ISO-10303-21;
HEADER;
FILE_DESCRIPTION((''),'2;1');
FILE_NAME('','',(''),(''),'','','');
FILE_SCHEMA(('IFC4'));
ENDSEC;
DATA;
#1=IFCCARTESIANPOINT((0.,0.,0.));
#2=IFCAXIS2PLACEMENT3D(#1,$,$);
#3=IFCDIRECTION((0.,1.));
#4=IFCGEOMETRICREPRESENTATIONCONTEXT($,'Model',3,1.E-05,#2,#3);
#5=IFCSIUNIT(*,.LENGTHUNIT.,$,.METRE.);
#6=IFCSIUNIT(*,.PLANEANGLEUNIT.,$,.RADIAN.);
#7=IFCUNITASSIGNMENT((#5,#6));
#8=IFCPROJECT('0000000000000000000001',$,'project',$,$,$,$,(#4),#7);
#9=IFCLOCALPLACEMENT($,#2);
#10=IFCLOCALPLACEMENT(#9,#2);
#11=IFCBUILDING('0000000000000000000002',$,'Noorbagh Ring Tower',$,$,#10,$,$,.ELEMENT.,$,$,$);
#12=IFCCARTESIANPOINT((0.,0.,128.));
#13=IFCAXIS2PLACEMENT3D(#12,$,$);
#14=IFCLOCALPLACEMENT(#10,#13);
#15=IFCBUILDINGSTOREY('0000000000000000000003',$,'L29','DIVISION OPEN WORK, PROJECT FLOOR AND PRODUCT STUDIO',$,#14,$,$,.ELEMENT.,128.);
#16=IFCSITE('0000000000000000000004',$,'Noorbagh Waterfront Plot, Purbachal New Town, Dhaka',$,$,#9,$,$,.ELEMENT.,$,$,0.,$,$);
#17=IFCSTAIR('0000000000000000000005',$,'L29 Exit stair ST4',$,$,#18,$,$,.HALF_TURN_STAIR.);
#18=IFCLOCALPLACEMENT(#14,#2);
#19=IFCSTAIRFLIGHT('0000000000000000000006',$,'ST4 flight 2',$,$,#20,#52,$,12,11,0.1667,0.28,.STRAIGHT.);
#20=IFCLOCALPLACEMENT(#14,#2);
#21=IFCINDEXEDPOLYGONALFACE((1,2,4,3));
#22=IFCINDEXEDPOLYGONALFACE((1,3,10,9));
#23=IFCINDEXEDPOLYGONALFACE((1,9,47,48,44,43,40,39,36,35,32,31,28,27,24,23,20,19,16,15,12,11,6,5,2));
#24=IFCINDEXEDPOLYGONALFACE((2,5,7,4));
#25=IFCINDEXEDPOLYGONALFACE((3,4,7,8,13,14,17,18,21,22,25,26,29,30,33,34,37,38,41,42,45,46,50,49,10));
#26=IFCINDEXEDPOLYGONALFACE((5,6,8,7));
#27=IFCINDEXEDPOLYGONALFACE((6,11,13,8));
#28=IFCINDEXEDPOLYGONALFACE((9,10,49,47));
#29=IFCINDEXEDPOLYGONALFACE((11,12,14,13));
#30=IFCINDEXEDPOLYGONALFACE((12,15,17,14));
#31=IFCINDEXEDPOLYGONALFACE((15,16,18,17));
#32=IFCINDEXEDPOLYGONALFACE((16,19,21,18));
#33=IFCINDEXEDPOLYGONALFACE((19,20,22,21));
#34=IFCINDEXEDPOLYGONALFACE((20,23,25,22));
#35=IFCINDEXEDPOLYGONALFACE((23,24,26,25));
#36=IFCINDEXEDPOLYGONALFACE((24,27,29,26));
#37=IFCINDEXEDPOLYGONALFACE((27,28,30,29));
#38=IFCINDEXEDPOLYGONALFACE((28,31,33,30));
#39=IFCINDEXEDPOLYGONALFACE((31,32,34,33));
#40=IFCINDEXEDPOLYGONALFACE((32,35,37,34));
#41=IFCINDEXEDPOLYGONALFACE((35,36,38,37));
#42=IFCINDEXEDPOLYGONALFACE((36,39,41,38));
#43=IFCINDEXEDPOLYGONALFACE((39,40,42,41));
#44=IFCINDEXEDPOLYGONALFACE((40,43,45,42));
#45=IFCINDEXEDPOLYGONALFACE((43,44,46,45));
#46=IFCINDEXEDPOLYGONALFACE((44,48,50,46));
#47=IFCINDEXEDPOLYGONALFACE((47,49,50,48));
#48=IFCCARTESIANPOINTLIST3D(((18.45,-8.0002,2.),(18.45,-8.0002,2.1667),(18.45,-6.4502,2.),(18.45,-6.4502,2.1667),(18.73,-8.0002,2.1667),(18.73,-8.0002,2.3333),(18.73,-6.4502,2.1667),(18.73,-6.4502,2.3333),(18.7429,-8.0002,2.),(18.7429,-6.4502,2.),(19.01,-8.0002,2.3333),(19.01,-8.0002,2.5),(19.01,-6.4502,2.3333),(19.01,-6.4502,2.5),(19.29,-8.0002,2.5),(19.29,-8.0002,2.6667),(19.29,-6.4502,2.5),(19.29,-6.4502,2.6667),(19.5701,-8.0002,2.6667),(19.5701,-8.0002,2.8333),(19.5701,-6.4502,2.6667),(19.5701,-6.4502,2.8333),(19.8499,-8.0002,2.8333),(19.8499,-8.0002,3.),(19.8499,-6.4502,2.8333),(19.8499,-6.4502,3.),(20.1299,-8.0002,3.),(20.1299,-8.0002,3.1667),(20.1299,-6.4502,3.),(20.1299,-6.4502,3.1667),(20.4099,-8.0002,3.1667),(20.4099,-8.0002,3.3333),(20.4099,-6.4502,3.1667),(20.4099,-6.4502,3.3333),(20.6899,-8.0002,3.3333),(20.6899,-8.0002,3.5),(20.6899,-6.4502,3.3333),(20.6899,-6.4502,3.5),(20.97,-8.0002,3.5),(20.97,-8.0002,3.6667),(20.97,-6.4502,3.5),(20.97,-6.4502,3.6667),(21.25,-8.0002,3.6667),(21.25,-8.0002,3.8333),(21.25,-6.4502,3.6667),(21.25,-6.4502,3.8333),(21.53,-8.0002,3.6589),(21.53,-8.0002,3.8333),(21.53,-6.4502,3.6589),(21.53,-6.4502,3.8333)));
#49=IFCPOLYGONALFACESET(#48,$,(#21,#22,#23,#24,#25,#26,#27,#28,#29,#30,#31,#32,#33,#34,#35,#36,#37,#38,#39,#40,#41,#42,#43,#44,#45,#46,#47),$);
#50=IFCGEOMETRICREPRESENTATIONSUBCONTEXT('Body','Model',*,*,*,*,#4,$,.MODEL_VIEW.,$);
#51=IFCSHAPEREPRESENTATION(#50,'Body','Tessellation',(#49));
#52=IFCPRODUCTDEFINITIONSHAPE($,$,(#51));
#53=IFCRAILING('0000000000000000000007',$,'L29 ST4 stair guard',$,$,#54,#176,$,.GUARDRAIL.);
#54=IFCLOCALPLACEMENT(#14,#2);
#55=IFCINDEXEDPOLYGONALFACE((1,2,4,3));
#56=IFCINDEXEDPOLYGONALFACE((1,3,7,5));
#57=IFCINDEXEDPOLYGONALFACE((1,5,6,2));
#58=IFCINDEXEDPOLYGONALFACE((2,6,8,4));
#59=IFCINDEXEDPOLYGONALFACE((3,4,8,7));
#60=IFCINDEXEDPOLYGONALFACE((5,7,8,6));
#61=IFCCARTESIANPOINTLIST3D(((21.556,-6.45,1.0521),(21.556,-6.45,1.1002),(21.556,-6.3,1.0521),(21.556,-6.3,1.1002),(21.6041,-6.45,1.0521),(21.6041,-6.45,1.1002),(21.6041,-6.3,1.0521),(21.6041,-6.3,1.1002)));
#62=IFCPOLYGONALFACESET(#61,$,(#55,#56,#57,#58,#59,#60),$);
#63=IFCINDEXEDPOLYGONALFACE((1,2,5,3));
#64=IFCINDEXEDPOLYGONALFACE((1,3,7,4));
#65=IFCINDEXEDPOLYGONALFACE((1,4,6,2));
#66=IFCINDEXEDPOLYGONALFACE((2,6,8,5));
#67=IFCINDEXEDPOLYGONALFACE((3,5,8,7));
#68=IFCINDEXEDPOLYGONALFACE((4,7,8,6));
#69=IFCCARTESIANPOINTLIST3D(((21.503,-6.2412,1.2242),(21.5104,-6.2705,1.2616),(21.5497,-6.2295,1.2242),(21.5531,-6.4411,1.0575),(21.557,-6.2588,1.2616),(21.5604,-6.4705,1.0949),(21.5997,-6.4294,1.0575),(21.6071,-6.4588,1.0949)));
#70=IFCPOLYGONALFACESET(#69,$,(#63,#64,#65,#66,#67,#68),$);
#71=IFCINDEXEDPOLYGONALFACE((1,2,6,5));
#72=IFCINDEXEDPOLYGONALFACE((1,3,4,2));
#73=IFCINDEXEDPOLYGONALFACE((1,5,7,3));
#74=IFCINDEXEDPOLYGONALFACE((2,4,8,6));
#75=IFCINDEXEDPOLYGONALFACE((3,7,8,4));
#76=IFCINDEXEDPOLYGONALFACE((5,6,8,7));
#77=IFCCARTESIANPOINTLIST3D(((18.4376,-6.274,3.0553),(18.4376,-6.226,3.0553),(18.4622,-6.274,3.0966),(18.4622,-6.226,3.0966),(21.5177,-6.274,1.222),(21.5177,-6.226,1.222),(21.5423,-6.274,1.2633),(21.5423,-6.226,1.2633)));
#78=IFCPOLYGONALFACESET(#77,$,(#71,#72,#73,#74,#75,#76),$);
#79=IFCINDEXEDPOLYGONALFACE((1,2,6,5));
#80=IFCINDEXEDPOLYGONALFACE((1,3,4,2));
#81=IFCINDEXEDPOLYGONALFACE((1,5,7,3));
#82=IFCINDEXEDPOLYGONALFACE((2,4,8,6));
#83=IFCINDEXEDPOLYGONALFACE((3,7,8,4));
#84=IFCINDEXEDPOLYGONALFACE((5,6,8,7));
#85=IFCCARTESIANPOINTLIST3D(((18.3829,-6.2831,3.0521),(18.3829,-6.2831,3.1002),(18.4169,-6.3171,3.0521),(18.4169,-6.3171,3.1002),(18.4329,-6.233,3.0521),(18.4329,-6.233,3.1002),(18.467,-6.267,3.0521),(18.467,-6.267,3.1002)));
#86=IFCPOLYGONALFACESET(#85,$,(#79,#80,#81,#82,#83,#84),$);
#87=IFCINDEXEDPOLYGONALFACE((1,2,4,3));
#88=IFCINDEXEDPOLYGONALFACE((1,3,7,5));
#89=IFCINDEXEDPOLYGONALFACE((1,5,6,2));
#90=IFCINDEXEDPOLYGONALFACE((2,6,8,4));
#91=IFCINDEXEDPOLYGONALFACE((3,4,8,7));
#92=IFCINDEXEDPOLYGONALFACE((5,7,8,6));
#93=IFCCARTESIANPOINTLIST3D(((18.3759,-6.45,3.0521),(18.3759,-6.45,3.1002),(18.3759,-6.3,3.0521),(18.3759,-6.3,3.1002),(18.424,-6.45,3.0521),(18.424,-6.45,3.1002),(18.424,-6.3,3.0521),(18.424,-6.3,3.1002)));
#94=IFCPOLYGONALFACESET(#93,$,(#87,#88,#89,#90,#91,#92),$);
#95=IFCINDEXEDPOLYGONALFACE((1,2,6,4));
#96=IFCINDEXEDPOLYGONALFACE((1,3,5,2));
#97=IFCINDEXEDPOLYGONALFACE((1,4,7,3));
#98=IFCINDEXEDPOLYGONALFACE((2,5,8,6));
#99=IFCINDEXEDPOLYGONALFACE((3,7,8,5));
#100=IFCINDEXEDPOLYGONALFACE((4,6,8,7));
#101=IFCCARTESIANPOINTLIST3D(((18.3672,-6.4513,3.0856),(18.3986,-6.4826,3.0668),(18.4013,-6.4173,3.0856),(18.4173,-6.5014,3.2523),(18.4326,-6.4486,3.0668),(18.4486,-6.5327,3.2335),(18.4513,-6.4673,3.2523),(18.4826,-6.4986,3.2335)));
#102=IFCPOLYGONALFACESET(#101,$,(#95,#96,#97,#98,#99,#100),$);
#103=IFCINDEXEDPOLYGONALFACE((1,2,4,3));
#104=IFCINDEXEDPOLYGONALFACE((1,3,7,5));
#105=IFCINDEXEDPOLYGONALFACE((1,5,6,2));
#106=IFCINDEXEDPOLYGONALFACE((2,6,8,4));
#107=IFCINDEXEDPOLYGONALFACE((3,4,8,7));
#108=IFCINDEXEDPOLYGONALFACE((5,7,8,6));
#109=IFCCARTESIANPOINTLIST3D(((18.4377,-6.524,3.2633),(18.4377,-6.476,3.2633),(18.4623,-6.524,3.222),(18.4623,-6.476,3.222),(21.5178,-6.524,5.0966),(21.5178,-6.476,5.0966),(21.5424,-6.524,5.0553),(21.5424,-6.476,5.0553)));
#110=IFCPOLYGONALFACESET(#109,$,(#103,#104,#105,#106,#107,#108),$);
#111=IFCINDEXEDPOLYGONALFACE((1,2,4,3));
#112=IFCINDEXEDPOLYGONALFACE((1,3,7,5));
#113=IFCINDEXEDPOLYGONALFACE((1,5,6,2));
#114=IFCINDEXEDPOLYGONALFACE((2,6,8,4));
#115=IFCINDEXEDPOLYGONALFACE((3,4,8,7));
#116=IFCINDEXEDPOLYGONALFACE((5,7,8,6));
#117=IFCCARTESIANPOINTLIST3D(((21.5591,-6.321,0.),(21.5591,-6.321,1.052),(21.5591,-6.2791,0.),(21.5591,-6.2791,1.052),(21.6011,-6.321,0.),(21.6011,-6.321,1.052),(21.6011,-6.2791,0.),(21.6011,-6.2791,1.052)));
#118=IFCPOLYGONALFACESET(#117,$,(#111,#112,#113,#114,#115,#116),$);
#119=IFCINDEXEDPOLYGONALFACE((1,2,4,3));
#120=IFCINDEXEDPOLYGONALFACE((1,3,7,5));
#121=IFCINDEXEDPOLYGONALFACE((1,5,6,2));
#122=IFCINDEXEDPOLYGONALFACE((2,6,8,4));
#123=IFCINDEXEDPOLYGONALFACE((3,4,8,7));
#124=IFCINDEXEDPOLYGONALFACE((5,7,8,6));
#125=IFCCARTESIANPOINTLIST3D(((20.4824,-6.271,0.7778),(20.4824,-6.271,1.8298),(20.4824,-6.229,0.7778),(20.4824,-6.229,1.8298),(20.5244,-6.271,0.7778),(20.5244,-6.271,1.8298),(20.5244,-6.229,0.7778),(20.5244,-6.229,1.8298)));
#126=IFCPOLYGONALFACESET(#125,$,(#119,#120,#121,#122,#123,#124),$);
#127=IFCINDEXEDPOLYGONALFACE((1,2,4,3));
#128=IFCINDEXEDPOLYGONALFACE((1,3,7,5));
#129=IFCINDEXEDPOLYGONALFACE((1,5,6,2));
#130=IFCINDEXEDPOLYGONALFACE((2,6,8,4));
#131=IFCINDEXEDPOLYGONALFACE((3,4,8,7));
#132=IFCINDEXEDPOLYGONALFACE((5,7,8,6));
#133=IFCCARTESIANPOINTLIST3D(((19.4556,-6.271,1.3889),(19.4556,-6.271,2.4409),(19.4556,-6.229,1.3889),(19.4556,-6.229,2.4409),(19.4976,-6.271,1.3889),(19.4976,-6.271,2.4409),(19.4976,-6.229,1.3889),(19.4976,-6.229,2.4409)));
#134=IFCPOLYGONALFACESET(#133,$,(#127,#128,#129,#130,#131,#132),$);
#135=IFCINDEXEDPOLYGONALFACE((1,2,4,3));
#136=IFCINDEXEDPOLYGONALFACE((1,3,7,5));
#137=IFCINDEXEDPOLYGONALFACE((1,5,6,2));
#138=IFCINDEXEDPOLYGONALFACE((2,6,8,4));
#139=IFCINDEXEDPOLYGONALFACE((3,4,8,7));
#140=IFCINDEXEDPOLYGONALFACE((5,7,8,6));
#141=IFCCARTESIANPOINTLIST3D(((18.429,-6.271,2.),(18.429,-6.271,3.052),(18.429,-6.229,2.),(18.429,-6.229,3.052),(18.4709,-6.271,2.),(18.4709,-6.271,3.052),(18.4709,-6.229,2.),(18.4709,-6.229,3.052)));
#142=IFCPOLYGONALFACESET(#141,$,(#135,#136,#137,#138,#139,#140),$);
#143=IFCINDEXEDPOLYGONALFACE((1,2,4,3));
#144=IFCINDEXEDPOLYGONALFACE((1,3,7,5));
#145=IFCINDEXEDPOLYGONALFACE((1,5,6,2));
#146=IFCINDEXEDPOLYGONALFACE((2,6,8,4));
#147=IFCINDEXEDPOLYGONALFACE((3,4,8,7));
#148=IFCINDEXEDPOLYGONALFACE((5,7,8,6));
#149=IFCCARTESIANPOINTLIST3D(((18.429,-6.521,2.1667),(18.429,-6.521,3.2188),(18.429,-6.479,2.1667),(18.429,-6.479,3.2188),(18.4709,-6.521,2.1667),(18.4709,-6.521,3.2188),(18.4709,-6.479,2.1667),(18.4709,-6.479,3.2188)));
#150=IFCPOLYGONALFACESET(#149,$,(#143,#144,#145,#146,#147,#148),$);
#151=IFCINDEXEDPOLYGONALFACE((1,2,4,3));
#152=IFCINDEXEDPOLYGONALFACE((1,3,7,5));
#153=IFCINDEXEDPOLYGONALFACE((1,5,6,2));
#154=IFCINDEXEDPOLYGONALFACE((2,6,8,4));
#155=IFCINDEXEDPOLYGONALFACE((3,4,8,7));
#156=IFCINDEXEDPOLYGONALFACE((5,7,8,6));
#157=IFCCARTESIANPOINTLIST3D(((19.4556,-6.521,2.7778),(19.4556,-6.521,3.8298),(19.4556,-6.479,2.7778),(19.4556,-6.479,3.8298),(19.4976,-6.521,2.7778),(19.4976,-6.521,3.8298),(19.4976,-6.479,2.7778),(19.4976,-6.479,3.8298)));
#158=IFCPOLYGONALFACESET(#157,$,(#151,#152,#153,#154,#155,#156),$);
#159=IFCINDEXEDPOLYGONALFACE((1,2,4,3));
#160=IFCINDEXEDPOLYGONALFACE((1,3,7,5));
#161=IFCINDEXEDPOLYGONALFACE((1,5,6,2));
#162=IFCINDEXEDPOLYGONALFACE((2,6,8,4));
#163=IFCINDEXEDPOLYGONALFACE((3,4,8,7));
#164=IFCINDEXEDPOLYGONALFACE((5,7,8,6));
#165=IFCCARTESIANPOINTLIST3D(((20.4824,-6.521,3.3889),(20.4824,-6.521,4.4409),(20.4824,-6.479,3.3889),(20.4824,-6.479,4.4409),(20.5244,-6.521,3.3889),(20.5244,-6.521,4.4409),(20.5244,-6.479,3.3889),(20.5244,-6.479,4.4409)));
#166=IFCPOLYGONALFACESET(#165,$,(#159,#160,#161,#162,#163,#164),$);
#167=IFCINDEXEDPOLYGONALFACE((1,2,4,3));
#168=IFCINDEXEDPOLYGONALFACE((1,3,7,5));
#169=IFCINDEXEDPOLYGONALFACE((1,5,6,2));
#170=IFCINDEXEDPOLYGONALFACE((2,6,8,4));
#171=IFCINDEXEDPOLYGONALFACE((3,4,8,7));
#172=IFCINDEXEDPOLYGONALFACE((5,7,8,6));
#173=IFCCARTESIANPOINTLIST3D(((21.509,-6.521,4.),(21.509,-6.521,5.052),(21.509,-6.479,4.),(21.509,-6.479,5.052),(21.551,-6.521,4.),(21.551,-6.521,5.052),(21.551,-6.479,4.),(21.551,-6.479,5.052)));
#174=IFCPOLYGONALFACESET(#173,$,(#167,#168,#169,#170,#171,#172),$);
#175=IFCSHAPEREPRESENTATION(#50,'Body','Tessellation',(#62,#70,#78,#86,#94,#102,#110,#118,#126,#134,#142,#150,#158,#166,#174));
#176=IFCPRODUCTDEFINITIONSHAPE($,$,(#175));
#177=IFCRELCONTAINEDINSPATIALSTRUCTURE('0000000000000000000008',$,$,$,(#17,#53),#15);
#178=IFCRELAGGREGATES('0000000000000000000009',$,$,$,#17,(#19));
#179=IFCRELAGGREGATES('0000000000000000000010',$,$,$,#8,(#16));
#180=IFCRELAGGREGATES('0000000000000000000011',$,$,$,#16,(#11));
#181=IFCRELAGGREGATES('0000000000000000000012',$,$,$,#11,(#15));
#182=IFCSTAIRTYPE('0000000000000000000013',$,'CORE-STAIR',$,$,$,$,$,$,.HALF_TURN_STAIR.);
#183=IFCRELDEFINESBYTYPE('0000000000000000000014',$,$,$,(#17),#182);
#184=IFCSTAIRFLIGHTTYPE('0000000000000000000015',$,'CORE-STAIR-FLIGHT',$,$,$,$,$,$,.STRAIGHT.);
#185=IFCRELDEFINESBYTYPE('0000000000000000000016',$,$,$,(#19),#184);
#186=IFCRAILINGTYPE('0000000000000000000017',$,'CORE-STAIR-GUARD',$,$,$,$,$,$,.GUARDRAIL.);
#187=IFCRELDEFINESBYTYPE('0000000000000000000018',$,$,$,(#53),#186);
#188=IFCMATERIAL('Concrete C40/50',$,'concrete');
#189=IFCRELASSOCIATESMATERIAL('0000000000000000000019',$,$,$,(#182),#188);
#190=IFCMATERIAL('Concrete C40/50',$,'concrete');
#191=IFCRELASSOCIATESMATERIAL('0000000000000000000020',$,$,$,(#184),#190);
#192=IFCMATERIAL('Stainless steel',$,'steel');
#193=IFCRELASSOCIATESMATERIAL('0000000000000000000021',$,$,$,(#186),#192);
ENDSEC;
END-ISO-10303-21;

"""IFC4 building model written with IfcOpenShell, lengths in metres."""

from ifc_helpers import new_model, si_unit, direction, frame, origin, origin_2d, place, context, subcontext, project, spatial, polyline, rectangle, outline, extrude, material, type_object, element, aggregate, save


model = new_model("IFC4")

# Units and contexts
model_context = context("Model", 3, precision=1e-05, world=origin(), true_north=direction((0.0, 1.0)))
body_context = subcontext(model_context, "Body", "Model", "MODEL_VIEW")
ifc_project = project(units=[si_unit("LENGTHUNIT", "METRE"), si_unit("PLANEANGLEUNIT", "RADIAN")], contexts=[model_context])

# Site, building, storey
site_placement = place(None, origin())
site = spatial("IfcSite", under=ifc_project, at=site_placement, Name="Noorbagh Waterfront Plot, Purbachal New Town, Dhaka", CompositionType="ELEMENT", RefElevation=0.0)
building_placement = place(site_placement, origin())
building = spatial("IfcBuilding", under=site, at=building_placement, Name="Noorbagh Ring Tower", CompositionType="ELEMENT")
storey_placement = place(building_placement, frame((0.0, 0.0, 128.0)))
storey = spatial("IfcBuildingStorey", under=building, at=storey_placement, Name="L29", Description="DIVISION OPEN WORK, PROJECT FLOOR AND PRODUCT STUDIO", CompositionType="ELEMENT", Elevation=128.0)

# Stair, stair flight
ifc_material_1 = material(Name="Concrete C40/50", Category="concrete")
stair_type = type_object("IfcStairType", Name="CORE-STAIR", PredefinedType="HALF_TURN_STAIR", material=ifc_material_1)
stair_placement = place(storey_placement, origin())
stair = element("IfcStair", 1, at=stair_placement, inside=storey, type_object=stair_type, Name="L29 Exit stair ST4", PredefinedType="HALF_TURN_STAIR")
ifc_material_2 = material(Name="Concrete C40/50", Category="concrete")
stair_flight_type = type_object("IfcStairFlightType", Name="CORE-STAIR-FLIGHT", PredefinedType="STRAIGHT", material=ifc_material_2)
stair_flight_1_placement = place(storey_placement, frame((18.45, -7.2251, 2.0), z_axis=(0.0, 0.0, 1.0), x_axis=(1.0, 0.0, 0.0)))
stair_flight_1 = element("IfcStairFlight", 2, at=stair_flight_1_placement, type_object=stair_flight_type, Name="ST4 flight 2", NumberOfRisers=12, NumberOfTreads=11, PredefinedType="STRAIGHT", RiserHeight=0.1667, TreadLength=0.28, context=body_context, shape_type="SweptSolid", body=[
    extrude(outline(polyline([(0.0, 0.0), (0.0, 0.1667), (0.28, 0.1667), (0.28, 0.3333), (0.5601, 0.3333), (0.5601, 0.5), (0.8401, 0.5), (0.8401, 0.6667), (1.1201, 0.6667), (1.1201, 0.8333), (1.3999, 0.8333), (1.3999, 1.0), (1.6799, 1.0), (1.6799, 1.1667), (1.96, 1.1667), (1.96, 1.3333), (2.24, 1.3333), (2.24, 1.5), (2.52, 1.5), (2.52, 1.6667), (2.8, 1.6667), (2.8, 1.8333), (3.0801, 1.8333), (3.0801, 2.0), (3.0801, 1.6589), (0.293, 0.0), (0.0, 0.0)])), frame((0.0, 0.7749, 0.0), z_axis=(0.0, -1.0, 0.0), x_axis=(1.0, 0.0, 0.0)), (0.0, 0.0, 1.0), 1.55),
])
aggregate(stair, [stair_flight_1])

# Railing
ifc_material_3 = material(Name="Stainless steel", Category="steel")
railing_type_1 = type_object("IfcRailingType", Name="CORE-STAIR-GUARD", PredefinedType="GUARDRAIL", material=ifc_material_3)
railing_1_placement = place(storey_placement, frame((21.5801, -6.3, 0.0)))
element("IfcRailing", 3, at=railing_1_placement, inside=storey, type_object=railing_type_1, Name="L29 ST4 stair guard", PredefinedType="GUARDRAIL", context=body_context, shape_type="SweptSolid", body=[
    extrude(rectangle(XDim=0.0481, YDim=0.0481, at=origin_2d()), frame((0.0, 0.0, 1.0762), z_axis=(0.0, -1.0, 0.0), x_axis=(1.0, 0.0, 0.0)), (0.0, 0.0, 1.0), 0.1499),
    extrude(rectangle(XDim=0.0481, YDim=0.0481, at=origin_2d()), frame((0.0, -0.1499, 1.0762), z_axis=(-0.188776, 0.754182, 0.628946), x_axis=(-0.970073, -0.242814, 0.0)), (0.0, 0.0, 1.0), 0.2651),
    extrude(rectangle(XDim=0.0481, YDim=0.0481, at=origin_2d()), frame((-0.05, 0.05, 1.2427), z_axis=(-0.859309, 0.0, 0.511458), x_axis=(0.0, -1.0, 0.0)), (0.0, 0.0, 1.0), 3.5845),
    extrude(rectangle(XDim=0.0481, YDim=0.0481, at=origin_2d()), frame((-3.1301, 0.05, 3.0762), z_axis=(-0.707107, -0.707107, 0.0), x_axis=(0.707107, -0.707107, 0.0)), (0.0, 0.0, 1.0), 0.0708),
    extrude(rectangle(XDim=0.0481, YDim=0.0481, at=origin_2d()), frame((-3.1802, 0.0, 3.0762), z_axis=(0.0, -1.0, 0.0), x_axis=(1.0, 0.0, 0.0)), (0.0, 0.0, 1.0), 0.1499),
    extrude(rectangle(XDim=0.0481, YDim=0.0481, at=origin_2d()), frame((-3.1802, -0.1499, 3.0762), z_axis=(0.276287, -0.276287, 0.920506), x_axis=(0.707107, 0.707107, 0.0)), (0.0, 0.0, 1.0), 0.1812),
    extrude(rectangle(XDim=0.0481, YDim=0.0481, at=origin_2d()), frame((-3.1301, -0.2, 3.2427), z_axis=(0.859309, 0.0, 0.511458), x_axis=(0.0, 1.0, 0.0)), (0.0, 0.0, 1.0), 3.5845),
    extrude(rectangle(XDim=0.042, YDim=0.042, at=origin_2d()), origin(), (0.0, 0.0, 1.0), 1.052),
    extrude(rectangle(XDim=0.042, YDim=0.042, at=origin_2d()), frame((-1.0767, 0.05, 0.7778)), (0.0, 0.0, 1.0), 1.052),
    extrude(rectangle(XDim=0.042, YDim=0.042, at=origin_2d()), frame((-2.1035, 0.05, 1.3889)), (0.0, 0.0, 1.0), 1.052),
    extrude(rectangle(XDim=0.042, YDim=0.042, at=origin_2d()), frame((-3.1301, 0.05, 2.0)), (0.0, 0.0, 1.0), 1.052),
    extrude(rectangle(XDim=0.042, YDim=0.042, at=origin_2d()), frame((-3.1301, -0.2, 2.1667)), (0.0, 0.0, 1.0), 1.052),
    extrude(rectangle(XDim=0.042, YDim=0.042, at=origin_2d()), frame((-2.1035, -0.2, 2.7778)), (0.0, 0.0, 1.0), 1.052),
    extrude(rectangle(XDim=0.042, YDim=0.042, at=origin_2d()), frame((-1.0767, -0.2, 3.3889)), (0.0, 0.0, 1.0), 1.052),
    extrude(rectangle(XDim=0.042, YDim=0.042, at=origin_2d()), frame((-0.05, -0.2, 4.0)), (0.0, 0.0, 1.0), 1.052),
])

save(model, "model.ifc")
